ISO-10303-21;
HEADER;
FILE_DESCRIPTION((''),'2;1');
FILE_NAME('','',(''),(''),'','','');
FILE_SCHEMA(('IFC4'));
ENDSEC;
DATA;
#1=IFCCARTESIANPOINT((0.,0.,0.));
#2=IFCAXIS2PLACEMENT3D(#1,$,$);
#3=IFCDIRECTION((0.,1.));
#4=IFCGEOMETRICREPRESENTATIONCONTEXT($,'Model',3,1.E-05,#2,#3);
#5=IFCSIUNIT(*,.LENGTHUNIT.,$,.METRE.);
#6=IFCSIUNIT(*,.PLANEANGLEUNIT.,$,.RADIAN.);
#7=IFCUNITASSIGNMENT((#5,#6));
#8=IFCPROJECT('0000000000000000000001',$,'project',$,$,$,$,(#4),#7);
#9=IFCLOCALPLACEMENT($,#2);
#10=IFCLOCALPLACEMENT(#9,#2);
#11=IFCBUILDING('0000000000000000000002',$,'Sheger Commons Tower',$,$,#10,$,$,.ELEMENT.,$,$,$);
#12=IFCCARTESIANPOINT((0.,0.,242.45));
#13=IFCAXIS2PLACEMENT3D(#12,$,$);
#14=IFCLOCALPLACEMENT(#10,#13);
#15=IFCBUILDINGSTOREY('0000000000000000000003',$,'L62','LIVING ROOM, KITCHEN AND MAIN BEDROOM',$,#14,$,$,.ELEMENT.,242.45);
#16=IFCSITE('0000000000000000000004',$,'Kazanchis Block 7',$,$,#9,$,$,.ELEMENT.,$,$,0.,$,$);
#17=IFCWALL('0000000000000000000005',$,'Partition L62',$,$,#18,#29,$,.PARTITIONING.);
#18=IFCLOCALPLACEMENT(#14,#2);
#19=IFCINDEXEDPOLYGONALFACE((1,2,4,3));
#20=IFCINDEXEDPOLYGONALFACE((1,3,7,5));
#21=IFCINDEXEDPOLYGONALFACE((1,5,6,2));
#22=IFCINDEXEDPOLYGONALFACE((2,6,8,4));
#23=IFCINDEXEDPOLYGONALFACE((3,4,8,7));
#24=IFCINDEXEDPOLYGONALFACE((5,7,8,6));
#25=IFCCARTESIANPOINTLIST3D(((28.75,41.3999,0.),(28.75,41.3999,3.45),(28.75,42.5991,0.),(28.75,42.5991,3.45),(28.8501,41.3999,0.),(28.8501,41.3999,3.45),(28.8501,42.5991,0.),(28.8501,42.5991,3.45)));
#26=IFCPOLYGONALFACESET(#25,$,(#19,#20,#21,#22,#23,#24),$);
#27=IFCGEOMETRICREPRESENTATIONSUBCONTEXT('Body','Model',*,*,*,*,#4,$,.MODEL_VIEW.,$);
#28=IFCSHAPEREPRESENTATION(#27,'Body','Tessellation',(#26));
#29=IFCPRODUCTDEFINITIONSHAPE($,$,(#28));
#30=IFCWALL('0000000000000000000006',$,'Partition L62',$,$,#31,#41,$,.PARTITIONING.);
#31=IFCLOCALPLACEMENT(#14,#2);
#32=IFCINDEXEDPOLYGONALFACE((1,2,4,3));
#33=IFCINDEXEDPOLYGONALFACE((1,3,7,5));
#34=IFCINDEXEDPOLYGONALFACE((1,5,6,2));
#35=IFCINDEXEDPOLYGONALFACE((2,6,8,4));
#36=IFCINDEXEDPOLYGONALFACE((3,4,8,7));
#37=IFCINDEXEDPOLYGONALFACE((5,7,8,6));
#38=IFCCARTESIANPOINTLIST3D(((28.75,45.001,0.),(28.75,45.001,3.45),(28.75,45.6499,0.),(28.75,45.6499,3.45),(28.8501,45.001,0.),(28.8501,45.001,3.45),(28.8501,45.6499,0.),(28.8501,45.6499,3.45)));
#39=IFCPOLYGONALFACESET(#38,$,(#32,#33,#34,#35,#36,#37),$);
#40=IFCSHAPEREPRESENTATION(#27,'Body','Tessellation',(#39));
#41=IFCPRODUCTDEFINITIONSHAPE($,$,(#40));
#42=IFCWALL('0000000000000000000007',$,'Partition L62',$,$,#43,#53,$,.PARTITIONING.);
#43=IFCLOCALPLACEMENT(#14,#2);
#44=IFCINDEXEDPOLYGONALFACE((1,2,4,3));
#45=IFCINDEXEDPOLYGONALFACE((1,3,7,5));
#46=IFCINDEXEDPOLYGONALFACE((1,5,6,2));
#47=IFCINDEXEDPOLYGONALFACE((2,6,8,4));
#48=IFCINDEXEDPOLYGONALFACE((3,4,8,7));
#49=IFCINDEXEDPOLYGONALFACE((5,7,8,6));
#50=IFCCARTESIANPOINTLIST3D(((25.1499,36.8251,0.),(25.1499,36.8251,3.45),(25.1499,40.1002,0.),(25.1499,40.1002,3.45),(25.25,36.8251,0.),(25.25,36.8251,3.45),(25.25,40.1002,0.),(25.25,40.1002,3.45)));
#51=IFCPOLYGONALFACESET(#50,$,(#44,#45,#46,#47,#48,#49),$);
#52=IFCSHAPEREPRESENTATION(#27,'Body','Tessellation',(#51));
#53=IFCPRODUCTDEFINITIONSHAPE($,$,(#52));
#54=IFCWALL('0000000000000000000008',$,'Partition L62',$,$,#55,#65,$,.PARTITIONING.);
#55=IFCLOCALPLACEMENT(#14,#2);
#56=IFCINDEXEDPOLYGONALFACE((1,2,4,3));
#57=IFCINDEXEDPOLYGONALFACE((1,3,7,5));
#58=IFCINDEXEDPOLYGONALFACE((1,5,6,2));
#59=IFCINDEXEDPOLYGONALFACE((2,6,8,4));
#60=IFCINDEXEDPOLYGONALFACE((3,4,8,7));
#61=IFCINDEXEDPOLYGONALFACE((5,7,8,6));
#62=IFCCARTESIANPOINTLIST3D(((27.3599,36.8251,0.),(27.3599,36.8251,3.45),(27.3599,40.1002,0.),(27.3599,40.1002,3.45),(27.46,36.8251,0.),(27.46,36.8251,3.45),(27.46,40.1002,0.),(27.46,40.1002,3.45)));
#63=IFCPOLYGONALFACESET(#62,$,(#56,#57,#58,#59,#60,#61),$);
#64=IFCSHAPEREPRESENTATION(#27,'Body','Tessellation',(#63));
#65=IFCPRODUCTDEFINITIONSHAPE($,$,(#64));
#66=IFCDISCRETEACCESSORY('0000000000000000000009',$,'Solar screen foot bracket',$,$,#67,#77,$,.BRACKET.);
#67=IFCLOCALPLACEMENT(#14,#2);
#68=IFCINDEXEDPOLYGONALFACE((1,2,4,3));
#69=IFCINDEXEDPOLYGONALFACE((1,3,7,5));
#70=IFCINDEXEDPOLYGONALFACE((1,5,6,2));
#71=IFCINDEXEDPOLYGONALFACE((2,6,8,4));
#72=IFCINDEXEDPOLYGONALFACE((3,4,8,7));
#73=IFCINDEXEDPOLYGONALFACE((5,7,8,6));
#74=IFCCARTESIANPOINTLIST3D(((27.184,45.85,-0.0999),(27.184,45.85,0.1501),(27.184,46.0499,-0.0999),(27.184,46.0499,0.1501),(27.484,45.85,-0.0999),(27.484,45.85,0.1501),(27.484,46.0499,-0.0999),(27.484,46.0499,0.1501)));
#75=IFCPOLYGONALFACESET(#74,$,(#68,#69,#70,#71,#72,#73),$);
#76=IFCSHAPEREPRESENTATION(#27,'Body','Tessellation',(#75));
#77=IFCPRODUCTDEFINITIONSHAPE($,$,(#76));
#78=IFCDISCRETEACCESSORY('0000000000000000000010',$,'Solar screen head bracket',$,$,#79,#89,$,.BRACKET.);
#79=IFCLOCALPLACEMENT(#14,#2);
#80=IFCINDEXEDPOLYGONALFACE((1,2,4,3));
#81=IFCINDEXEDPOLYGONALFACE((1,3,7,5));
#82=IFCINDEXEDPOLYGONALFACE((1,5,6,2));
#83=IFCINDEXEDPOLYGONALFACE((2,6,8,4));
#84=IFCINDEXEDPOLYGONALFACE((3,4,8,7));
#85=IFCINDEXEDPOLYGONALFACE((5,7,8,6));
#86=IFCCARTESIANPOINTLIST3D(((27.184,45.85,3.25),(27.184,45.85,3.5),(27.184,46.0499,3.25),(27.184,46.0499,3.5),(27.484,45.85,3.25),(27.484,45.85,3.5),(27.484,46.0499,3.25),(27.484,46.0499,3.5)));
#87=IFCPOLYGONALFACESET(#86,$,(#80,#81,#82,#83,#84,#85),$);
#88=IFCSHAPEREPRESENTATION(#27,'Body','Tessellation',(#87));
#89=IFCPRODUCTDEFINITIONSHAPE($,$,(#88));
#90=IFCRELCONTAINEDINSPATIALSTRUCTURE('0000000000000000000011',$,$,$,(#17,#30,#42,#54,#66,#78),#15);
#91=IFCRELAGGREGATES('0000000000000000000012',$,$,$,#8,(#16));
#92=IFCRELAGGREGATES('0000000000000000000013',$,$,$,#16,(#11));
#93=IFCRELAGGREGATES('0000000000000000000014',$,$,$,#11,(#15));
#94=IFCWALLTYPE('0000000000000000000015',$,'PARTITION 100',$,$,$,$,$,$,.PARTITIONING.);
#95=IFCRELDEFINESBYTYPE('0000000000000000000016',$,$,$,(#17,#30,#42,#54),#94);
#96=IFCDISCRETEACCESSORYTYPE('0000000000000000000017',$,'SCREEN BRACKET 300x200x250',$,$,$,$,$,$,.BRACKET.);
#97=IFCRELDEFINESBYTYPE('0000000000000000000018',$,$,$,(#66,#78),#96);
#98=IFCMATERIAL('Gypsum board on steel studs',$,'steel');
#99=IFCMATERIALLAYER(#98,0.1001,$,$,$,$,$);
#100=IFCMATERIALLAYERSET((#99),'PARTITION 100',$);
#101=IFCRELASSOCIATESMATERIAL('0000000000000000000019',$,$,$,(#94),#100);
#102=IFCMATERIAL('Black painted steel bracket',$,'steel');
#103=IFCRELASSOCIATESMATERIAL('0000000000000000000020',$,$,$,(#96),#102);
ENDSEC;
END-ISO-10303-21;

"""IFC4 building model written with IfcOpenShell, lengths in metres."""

from ifc_helpers import new_model, si_unit, direction, frame, frame_2d, origin, origin_2d, place, context, subcontext, project, spatial, rectangle, extrude, material, layer, layer_set, type_object, element, save


model = new_model("IFC4")

# Units and contexts
model_context = context("Model", 3, precision=1e-05, world=origin(), true_north=direction((0.0, 1.0)))
body_context = subcontext(model_context, "Body", "Model", "MODEL_VIEW")
ifc_project = project(units=[si_unit("LENGTHUNIT", "METRE"), si_unit("PLANEANGLEUNIT", "RADIAN")], contexts=[model_context])

# Site, building, storey
site_placement = place(None, origin())
site = spatial("IfcSite", under=ifc_project, at=site_placement, Name="Kazanchis Block 7", CompositionType="ELEMENT", RefElevation=0.0)
building_placement = place(site_placement, origin())
building = spatial("IfcBuilding", under=site, at=building_placement, Name="Sheger Commons Tower", CompositionType="ELEMENT")
storey_placement = place(building_placement, frame((0.0, 0.0, 242.45)))
storey = spatial("IfcBuildingStorey", under=building, at=storey_placement, Name="L62", Description="LIVING ROOM, KITCHEN AND MAIN BEDROOM", CompositionType="ELEMENT", Elevation=242.45)

# Shared definitions
ifc_material_1 = material(Name="Gypsum board on steel studs", Category="steel")
ifc_layer_1 = layer(ifc_material_1, 0.1001)
ifc_layer_set_1 = layer_set([ifc_layer_1], Name="PARTITION 100")
wall_type_1 = type_object("IfcWallType", Name="PARTITION 100", PredefinedType="PARTITIONING", material=ifc_layer_set_1)

# Walls
wall_1_placement = place(storey_placement, frame((28.8, 41.3999, 0.0), z_axis=(0.0, 0.0, 1.0), x_axis=(0.0, 1.0, 0.0)))
element("IfcWall", 1, at=wall_1_placement, inside=storey, type_object=wall_type_1, Name="Partition L62", PredefinedType="PARTITIONING", context=body_context, shape_type="SweptSolid", body=[
    extrude(rectangle(XDim=1.1992, YDim=0.1001, at=frame_2d((0.5996, 0.0))), origin(), (0.0, 0.0, 1.0), 3.45),
])
wall_2_placement = place(storey_placement, frame((28.8, 45.001, 0.0), z_axis=(0.0, 0.0, 1.0), x_axis=(0.0, 1.0, 0.0)))
element("IfcWall", 2, at=wall_2_placement, inside=storey, type_object=wall_type_1, Name="Partition L62", PredefinedType="PARTITIONING", context=body_context, shape_type="SweptSolid", body=[
    extrude(rectangle(XDim=0.6489, YDim=0.1001, at=frame_2d((0.3245, 0.0))), origin(), (0.0, 0.0, 1.0), 3.45),
])
for number, where, z_axis, x_axis, name in (
    (3, (25.2, 36.825, 0.0), (0.0, 0.0, 1.0), (0.0, 1.0, 0.0), "Partition L62"),
    (4, (27.4099, 36.825, 0.0), (0.0, 0.0, 1.0), (0.0, 1.0, 0.0), "Partition L62"),
):
    element("IfcWall", number, at=place(storey_placement, frame(where, z_axis=z_axis, x_axis=x_axis)), inside=storey, type_object=wall_type_1, Name=name, PredefinedType="PARTITIONING", context=body_context, shape_type="SweptSolid", body=[
        extrude(rectangle(XDim=3.2751, YDim=0.1001, at=frame_2d((1.6377, 0.0))), origin(), (0.0, 0.0, 1.0), 3.45),
    ])

# Discrete accessories
ifc_material_2 = material(Name="Black painted steel bracket", Category="steel")
discrete_accessory_type = type_object("IfcDiscreteAccessoryType", Name="SCREEN BRACKET 300x200x250", PredefinedType="BRACKET", material=ifc_material_2)
for number, where, z_axis, x_axis, name in (
    (5, (27.334, 45.95, -0.0999), (0.0, 0.0, 1.0), (-1.0, 0.0, 0.0), "Solar screen foot bracket"),
    (6, (27.334, 45.95, 3.25), (0.0, 0.0, 1.0), (-1.0, 0.0, 0.0), "Solar screen head bracket"),
):
    element("IfcDiscreteAccessory", number, at=place(storey_placement, frame(where, z_axis=z_axis, x_axis=x_axis)), inside=storey, type_object=discrete_accessory_type, Name=name, PredefinedType="BRACKET", context=body_context, shape_type="SweptSolid", body=[
        extrude(rectangle(XDim=0.3, YDim=0.2, at=origin_2d()), origin(), (0.0, 0.0, 1.0), 0.25),
    ])

save(model, "model.ifc")
